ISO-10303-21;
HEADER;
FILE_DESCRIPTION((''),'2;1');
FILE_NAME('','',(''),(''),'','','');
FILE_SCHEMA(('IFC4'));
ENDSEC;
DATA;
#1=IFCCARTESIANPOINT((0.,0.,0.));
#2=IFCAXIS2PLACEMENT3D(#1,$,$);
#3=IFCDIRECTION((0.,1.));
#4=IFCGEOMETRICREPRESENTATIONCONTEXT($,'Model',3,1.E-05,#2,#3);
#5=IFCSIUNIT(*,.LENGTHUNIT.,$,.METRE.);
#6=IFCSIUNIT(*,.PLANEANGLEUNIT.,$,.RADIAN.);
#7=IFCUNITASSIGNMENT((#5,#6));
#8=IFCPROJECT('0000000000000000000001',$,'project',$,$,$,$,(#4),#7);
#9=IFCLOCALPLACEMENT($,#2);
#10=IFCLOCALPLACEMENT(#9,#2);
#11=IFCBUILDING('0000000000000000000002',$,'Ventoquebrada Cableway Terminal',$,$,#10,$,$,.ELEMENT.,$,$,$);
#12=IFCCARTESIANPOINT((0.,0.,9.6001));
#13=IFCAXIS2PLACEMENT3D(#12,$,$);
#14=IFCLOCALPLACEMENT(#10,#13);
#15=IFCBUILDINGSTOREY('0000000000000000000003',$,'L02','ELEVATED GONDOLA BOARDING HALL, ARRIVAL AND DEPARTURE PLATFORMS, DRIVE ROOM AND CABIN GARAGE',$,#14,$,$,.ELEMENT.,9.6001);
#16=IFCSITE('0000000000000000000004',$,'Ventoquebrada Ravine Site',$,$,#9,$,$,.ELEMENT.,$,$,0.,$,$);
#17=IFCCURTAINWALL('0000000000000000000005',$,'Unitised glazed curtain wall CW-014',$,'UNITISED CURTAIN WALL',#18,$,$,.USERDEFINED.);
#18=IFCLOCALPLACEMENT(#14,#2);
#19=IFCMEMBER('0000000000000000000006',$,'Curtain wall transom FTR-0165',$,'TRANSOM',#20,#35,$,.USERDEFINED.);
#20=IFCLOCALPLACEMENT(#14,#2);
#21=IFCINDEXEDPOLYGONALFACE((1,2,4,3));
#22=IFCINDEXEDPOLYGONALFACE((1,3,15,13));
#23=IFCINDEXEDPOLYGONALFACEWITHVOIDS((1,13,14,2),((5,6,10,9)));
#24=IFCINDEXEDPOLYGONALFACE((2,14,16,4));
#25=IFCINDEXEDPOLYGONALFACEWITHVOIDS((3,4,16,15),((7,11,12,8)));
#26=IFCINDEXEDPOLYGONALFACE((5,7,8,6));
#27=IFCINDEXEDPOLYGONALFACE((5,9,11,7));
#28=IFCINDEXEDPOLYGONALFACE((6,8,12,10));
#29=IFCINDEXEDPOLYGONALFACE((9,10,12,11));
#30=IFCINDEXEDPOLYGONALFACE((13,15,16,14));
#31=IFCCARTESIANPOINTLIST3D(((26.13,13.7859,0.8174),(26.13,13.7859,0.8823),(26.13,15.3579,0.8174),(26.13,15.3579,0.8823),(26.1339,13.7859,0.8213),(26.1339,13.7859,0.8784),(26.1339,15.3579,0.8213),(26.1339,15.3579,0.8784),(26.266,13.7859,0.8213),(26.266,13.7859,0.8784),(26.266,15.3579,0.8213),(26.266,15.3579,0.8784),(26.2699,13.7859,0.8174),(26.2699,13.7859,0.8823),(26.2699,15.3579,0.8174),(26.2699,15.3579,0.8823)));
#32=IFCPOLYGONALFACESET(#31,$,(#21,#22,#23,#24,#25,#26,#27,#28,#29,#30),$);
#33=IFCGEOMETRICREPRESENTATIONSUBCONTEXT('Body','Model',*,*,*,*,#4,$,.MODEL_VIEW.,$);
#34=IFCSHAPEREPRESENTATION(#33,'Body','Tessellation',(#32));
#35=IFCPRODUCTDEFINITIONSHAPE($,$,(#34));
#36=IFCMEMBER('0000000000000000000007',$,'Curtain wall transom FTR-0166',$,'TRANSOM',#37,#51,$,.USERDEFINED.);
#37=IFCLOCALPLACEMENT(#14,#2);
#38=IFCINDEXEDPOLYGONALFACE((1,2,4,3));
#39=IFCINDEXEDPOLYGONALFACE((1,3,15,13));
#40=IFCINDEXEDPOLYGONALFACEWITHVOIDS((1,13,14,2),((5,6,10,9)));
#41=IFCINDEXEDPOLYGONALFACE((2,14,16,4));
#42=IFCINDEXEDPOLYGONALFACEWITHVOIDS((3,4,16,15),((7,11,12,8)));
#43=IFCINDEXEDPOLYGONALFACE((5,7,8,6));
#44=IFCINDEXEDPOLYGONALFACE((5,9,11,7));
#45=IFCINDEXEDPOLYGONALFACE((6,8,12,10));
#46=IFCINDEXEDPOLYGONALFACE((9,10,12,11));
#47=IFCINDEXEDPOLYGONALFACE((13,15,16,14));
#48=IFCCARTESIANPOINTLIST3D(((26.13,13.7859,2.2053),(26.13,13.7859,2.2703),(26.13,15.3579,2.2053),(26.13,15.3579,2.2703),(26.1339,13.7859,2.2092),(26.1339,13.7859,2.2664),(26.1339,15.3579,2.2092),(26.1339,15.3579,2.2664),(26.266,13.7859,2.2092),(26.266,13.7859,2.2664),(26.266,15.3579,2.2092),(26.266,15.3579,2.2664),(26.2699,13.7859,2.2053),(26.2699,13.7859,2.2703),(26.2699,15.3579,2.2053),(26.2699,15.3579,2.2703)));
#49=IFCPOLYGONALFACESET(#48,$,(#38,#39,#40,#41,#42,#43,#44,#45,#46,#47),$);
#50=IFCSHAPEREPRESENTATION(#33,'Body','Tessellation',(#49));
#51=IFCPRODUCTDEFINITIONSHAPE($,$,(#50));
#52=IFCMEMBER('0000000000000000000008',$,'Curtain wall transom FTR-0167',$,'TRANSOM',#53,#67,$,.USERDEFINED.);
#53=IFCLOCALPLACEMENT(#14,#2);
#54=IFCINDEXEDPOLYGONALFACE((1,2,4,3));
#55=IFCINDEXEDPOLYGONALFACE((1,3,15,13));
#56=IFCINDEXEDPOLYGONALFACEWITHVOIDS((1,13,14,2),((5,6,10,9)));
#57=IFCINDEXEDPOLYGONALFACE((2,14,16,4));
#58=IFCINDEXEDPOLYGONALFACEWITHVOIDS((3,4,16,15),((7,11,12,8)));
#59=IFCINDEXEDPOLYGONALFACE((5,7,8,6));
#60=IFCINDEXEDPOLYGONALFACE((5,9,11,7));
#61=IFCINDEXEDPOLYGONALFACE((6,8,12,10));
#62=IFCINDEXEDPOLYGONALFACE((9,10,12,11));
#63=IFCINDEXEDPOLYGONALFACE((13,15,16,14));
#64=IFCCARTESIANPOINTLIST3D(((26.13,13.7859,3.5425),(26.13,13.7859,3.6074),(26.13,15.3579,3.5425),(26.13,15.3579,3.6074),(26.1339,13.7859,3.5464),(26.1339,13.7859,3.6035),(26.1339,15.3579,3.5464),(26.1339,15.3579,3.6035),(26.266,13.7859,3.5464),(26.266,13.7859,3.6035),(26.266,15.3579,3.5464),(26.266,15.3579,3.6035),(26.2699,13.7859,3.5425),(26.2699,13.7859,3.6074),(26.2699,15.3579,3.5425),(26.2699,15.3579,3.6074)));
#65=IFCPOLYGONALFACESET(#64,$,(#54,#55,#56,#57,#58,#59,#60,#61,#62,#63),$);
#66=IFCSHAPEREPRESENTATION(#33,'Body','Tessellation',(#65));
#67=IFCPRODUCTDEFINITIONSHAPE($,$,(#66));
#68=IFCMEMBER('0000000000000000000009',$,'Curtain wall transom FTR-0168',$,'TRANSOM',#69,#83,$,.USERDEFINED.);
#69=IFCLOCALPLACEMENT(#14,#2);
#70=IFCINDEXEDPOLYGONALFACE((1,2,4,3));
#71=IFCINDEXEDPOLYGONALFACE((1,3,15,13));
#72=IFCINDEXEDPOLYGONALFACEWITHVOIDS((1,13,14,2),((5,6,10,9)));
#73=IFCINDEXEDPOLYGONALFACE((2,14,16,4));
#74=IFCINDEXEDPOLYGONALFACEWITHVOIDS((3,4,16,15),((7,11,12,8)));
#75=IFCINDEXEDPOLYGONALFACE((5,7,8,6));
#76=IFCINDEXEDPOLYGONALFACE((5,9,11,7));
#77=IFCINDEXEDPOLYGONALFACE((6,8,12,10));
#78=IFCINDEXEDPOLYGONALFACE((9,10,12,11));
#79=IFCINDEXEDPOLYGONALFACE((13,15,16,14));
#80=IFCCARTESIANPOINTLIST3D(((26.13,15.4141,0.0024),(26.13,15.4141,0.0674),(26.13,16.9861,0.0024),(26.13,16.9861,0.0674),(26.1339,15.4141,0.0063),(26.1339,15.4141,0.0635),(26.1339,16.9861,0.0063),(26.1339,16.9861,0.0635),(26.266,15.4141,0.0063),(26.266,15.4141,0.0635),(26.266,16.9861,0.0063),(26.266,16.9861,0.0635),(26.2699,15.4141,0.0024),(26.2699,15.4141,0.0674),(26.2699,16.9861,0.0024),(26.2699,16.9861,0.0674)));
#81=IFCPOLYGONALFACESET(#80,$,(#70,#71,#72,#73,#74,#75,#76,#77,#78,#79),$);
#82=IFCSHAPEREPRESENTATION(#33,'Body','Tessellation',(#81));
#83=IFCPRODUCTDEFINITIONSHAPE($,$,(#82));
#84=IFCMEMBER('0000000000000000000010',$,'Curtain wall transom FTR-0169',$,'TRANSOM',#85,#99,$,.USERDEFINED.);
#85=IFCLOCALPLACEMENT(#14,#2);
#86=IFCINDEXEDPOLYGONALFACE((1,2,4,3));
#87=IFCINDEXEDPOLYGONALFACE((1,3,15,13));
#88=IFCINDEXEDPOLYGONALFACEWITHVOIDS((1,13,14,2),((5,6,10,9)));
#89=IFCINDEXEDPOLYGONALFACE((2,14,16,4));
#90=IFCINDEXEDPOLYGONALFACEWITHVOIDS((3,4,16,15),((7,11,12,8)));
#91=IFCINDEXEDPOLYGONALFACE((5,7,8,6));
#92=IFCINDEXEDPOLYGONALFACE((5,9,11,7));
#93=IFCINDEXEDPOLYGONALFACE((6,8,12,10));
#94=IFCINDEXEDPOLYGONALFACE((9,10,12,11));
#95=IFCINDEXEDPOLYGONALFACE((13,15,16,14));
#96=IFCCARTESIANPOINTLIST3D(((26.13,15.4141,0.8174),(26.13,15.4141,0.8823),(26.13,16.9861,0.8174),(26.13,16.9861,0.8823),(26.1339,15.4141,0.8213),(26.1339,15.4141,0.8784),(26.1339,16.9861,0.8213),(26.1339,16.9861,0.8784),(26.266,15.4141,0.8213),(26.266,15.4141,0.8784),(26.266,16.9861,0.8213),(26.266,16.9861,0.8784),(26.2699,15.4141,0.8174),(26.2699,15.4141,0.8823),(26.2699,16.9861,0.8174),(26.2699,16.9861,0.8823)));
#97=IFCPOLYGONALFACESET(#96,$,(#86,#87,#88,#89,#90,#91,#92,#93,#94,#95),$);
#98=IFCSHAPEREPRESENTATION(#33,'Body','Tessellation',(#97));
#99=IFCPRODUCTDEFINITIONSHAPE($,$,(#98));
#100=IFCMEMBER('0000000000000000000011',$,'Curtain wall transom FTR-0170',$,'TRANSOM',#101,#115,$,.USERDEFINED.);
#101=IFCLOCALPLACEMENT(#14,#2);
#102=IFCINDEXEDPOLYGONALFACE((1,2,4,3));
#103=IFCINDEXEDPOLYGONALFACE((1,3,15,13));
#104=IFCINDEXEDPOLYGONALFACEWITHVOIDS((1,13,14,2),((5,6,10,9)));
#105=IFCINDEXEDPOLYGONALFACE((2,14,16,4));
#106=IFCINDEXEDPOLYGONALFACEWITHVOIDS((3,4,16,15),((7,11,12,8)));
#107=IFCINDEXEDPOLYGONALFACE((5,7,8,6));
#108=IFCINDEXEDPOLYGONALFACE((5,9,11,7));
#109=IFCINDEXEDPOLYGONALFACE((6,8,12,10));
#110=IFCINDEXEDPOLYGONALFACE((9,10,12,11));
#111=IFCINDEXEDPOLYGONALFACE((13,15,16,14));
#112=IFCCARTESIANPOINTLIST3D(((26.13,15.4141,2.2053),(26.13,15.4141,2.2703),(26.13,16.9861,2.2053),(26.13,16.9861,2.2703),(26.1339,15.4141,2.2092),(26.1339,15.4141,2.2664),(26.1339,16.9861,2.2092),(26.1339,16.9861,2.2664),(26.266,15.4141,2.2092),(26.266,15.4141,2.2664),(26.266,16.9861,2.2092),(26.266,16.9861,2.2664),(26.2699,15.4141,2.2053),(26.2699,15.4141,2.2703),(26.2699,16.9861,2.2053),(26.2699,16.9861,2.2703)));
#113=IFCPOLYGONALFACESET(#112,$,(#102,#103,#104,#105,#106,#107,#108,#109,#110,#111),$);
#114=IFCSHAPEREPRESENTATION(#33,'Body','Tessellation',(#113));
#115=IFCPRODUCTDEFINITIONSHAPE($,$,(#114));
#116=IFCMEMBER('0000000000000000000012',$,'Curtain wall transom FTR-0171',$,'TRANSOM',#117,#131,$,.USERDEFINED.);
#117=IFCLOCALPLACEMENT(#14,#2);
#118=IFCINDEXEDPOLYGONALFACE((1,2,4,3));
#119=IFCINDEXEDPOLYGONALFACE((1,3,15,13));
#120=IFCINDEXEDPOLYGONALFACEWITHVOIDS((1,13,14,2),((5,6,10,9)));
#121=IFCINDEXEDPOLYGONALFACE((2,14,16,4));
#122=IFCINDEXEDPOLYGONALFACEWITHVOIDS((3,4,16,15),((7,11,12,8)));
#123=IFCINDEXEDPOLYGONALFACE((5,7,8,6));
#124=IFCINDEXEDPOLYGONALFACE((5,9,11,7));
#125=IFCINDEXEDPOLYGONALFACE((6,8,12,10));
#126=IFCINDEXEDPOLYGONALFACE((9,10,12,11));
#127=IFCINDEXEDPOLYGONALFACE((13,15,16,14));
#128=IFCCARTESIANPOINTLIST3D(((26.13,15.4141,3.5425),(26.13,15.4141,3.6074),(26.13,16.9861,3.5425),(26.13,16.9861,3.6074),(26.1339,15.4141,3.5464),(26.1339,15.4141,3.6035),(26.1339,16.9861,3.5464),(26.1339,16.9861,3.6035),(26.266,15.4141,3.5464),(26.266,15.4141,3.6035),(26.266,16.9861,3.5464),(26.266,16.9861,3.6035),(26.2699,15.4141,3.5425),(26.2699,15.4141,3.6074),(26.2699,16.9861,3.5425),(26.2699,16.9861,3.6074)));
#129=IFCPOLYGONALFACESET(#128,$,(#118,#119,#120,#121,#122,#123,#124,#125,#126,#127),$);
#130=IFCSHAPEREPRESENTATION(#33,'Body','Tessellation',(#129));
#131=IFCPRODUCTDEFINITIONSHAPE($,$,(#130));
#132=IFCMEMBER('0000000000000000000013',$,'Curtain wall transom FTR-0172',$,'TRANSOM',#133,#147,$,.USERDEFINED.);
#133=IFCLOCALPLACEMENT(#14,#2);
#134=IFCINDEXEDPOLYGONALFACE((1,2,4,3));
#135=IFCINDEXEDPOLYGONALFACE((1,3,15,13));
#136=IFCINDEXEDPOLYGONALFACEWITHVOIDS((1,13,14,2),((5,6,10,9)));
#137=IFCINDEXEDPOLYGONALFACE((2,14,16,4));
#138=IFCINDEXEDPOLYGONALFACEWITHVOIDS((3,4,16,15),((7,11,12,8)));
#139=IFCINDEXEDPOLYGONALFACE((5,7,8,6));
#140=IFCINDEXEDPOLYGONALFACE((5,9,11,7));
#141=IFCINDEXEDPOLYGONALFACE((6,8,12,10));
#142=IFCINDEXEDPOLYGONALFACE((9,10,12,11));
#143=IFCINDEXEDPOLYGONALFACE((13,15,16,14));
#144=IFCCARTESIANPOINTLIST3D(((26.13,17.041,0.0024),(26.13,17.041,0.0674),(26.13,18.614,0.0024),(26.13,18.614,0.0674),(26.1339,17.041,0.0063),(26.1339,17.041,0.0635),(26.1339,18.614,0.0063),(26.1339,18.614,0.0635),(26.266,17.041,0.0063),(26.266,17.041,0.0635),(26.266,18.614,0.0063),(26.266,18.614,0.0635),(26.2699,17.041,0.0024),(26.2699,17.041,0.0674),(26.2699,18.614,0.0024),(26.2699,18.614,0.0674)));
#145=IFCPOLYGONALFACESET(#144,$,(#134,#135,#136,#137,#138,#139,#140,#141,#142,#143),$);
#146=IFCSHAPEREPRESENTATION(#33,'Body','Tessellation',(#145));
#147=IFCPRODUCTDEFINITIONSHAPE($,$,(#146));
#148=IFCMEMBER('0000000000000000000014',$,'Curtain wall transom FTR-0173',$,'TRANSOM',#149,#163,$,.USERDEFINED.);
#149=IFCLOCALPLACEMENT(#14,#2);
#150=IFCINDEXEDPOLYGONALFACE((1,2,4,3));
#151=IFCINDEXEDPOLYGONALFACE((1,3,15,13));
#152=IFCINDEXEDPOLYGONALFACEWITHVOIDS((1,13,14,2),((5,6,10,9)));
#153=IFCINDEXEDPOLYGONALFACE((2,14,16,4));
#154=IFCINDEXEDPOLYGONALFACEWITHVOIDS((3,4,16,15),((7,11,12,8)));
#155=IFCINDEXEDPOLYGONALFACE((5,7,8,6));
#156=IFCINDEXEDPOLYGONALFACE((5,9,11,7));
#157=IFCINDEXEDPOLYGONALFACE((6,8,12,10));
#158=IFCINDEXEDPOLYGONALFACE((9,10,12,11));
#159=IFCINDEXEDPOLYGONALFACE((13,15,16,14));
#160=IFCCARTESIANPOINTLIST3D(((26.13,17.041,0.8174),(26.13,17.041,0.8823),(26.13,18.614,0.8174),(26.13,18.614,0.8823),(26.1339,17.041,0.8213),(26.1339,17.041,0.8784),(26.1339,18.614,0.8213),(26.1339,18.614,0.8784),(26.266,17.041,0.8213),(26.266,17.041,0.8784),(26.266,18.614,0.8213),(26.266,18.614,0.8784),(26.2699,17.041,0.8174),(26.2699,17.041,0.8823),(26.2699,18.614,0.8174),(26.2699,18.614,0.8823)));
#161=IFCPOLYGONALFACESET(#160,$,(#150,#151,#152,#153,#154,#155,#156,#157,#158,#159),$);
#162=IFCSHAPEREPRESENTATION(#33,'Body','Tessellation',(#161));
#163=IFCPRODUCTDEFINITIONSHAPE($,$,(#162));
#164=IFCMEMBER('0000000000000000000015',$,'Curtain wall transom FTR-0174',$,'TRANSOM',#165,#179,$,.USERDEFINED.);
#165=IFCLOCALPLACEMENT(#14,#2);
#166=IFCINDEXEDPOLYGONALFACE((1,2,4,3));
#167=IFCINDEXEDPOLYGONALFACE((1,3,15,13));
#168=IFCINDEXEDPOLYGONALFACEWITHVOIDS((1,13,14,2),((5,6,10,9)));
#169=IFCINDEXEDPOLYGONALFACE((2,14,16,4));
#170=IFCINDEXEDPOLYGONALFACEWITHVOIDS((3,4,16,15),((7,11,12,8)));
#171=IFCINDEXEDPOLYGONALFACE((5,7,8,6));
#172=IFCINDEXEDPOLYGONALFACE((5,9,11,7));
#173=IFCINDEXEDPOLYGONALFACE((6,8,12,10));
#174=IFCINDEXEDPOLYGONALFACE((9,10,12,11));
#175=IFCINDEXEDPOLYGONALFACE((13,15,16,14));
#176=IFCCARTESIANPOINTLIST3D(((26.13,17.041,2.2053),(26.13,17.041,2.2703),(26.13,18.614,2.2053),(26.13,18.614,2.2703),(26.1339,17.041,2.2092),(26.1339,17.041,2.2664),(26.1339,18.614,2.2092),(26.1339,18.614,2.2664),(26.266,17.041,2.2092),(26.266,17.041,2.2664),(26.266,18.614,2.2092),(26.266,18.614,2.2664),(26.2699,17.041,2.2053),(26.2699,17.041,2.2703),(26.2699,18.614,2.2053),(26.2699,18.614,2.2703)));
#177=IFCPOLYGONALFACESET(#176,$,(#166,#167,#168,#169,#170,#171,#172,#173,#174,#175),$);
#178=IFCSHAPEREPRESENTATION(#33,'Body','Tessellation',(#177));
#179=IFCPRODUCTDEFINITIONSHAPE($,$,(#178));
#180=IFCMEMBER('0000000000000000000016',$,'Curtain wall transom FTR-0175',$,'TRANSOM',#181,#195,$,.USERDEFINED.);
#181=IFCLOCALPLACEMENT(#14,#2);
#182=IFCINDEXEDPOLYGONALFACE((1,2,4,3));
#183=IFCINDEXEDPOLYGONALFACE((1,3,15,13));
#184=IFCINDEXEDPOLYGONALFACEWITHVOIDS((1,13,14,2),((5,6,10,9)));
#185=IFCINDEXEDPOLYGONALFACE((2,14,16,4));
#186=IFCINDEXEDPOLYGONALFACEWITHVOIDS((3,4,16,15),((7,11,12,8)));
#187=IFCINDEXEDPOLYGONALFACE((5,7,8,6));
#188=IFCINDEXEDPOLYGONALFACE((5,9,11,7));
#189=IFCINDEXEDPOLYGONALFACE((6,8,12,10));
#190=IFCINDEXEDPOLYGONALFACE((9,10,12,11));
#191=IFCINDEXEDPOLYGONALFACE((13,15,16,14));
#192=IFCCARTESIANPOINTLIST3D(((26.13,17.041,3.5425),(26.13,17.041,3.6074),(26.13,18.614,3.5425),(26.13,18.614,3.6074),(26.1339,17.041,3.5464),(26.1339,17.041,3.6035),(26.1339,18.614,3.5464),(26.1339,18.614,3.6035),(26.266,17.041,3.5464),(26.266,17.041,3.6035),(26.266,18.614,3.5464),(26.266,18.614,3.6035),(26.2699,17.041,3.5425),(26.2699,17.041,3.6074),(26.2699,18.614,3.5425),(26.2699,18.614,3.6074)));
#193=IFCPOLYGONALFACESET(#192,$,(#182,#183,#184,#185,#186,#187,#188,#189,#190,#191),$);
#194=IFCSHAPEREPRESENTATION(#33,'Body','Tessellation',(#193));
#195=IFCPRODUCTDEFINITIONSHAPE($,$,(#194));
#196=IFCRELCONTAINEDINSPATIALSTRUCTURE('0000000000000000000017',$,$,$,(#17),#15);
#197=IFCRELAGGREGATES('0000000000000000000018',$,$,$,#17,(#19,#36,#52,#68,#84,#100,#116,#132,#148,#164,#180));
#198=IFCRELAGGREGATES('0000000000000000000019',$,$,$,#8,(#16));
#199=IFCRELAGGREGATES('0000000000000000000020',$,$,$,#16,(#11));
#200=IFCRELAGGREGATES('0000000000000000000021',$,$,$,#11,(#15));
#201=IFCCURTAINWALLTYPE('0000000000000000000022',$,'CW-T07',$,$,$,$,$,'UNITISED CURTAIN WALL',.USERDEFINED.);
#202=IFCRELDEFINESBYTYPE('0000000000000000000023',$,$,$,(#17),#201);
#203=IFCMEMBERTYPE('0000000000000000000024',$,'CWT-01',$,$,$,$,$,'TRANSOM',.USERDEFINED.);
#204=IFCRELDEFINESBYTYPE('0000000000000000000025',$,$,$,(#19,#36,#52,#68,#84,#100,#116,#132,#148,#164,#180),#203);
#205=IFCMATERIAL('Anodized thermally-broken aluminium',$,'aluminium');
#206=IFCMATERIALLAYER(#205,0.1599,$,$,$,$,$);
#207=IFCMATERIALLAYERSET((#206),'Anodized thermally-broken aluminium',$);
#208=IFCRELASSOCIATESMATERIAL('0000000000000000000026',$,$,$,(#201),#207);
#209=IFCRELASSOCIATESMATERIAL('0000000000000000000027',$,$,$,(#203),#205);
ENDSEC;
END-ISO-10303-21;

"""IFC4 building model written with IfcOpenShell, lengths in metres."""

from ifc_helpers import new_model, si_unit, direction, frame, origin, origin_2d, place, context, subcontext, project, spatial, hollow_rectangle, extrude, material, layer, layer_set, material_profile, profile_set, type_object, element, aggregate, save


model = new_model("IFC4")

# Units and contexts
model_context = context("Model", 3, precision=1e-05, world=origin(), true_north=direction((0.0, 1.0)))
body_context = subcontext(model_context, "Body", "Model", "MODEL_VIEW")
ifc_project = project(units=[si_unit("LENGTHUNIT", "METRE"), si_unit("PLANEANGLEUNIT", "RADIAN")], contexts=[model_context])

# Site, building, storey
site_placement = place(None, origin())
site = spatial("IfcSite", under=ifc_project, at=site_placement, Name="Ventoquebrada Ravine Site", CompositionType="ELEMENT", RefElevation=0.0)
building_placement = place(site_placement, origin())
building = spatial("IfcBuilding", under=site, at=building_placement, Name="Ventoquebrada Cableway Terminal", CompositionType="ELEMENT")
storey_placement = place(building_placement, frame((0.0, 0.0, 9.6001)))
storey = spatial("IfcBuildingStorey", under=building, at=storey_placement, Name="L02", Description="ELEVATED GONDOLA BOARDING HALL, ARRIVAL AND DEPARTURE PLATFORMS, DRIVE ROOM AND CABIN GARAGE", CompositionType="ELEMENT", Elevation=9.6001)

# Curtain wall, members
ifc_material_1 = material(Name="Anodized thermally-broken aluminium", Category="aluminium")
ifc_layer_1 = layer(ifc_material_1, 0.1599)
ifc_layer_set_1 = layer_set([ifc_layer_1], Name="Anodized thermally-broken aluminium")
curtain_wall_type = type_object("IfcCurtainWallType", Name="CW-T07", ElementType="UNITISED CURTAIN WALL", PredefinedType="USERDEFINED", material=ifc_layer_set_1)
curtain_wall_placement = place(storey_placement, origin())
curtain_wall = element("IfcCurtainWall", 1, at=curtain_wall_placement, inside=storey, type_object=curtain_wall_type, Name="Unitised glazed curtain wall CW-014", ObjectType="UNITISED CURTAIN WALL", PredefinedType="USERDEFINED")
ifc_material_profile_1 = material_profile(ifc_material_1, hollow_rectangle(XDim=0.0649, YDim=0.1399, WallThickness=0.0039, at=origin_2d()), Name="CW-TRN-65X140")
ifc_profile_set_1 = profile_set([ifc_material_profile_1], Name="Anodized thermally-broken aluminium")
member_type_1 = type_object("IfcMemberType", Name="CWT-01", ElementType="TRANSOM", PredefinedType="USERDEFINED", material=ifc_profile_set_1)
member_1_placement = place(storey_placement, frame((26.2, 13.7859, 0.8499), z_axis=(0.0, 1.0, 0.0), x_axis=(0.0, 0.0, 1.0)))
member_1 = element("IfcMember", 2, at=member_1_placement, type_object=member_type_1, Name="Curtain wall transom FTR-0165", ObjectType="TRANSOM", PredefinedType="USERDEFINED", context=body_context, shape_type="SweptSolid", body=[
    extrude(hollow_rectangle(XDim=0.0649, YDim=0.1399, WallThickness=0.0039, at=origin_2d()), origin(), (0.0, 0.0, 1.0), 1.572),
])
member_2_placement = place(storey_placement, frame((26.2, 13.7859, 2.2378), z_axis=(0.0, 1.0, 0.0), x_axis=(0.0, 0.0, 1.0)))
member_2 = element("IfcMember", 3, at=member_2_placement, type_object=member_type_1, Name="Curtain wall transom FTR-0166", ObjectType="TRANSOM", PredefinedType="USERDEFINED", context=body_context, shape_type="SweptSolid", body=[
    extrude(hollow_rectangle(XDim=0.0649, YDim=0.1399, WallThickness=0.0039, at=origin_2d()), origin(), (0.0, 0.0, 1.0), 1.572),
])
member_3_placement = place(storey_placement, frame((26.2, 13.7859, 3.575), z_axis=(0.0, 1.0, 0.0), x_axis=(0.0, 0.0, 1.0)))
member_3 = element("IfcMember", 4, at=member_3_placement, type_object=member_type_1, Name="Curtain wall transom FTR-0167", ObjectType="TRANSOM", PredefinedType="USERDEFINED", context=body_context, shape_type="SweptSolid", body=[
    extrude(hollow_rectangle(XDim=0.0649, YDim=0.1399, WallThickness=0.0039, at=origin_2d()), origin(), (0.0, 0.0, 1.0), 1.572),
])
member_4_placement = place(storey_placement, frame((26.2, 15.4141, 0.0349), z_axis=(0.0, 1.0, 0.0), x_axis=(0.0, 0.0, 1.0)))
member_4 = element("IfcMember", 5, at=member_4_placement, type_object=member_type_1, Name="Curtain wall transom FTR-0168", ObjectType="TRANSOM", PredefinedType="USERDEFINED", context=body_context, shape_type="SweptSolid", body=[
    extrude(hollow_rectangle(XDim=0.0649, YDim=0.1399, WallThickness=0.0039, at=origin_2d()), origin(), (0.0, 0.0, 1.0), 1.572),
])
member_5_placement = place(storey_placement, frame((26.2, 15.4141, 0.8499), z_axis=(0.0, 1.0, 0.0), x_axis=(0.0, 0.0, 1.0)))
member_5 = element("IfcMember", 6, at=member_5_placement, type_object=member_type_1, Name="Curtain wall transom FTR-0169", ObjectType="TRANSOM", PredefinedType="USERDEFINED", context=body_context, shape_type="SweptSolid", body=[
    extrude(hollow_rectangle(XDim=0.0649, YDim=0.1399, WallThickness=0.0039, at=origin_2d()), origin(), (0.0, 0.0, 1.0), 1.572),
])
member_6_placement = place(storey_placement, frame((26.2, 15.4141, 2.2378), z_axis=(0.0, 1.0, 0.0), x_axis=(0.0, 0.0, 1.0)))
member_6 = element("IfcMember", 7, at=member_6_placement, type_object=member_type_1, Name="Curtain wall transom FTR-0170", ObjectType="TRANSOM", PredefinedType="USERDEFINED", context=body_context, shape_type="SweptSolid", body=[
    extrude(hollow_rectangle(XDim=0.0649, YDim=0.1399, WallThickness=0.0039, at=origin_2d()), origin(), (0.0, 0.0, 1.0), 1.572),
])
member_7_placement = place(storey_placement, frame((26.2, 15.4141, 3.575), z_axis=(0.0, 1.0, 0.0), x_axis=(0.0, 0.0, 1.0)))
member_7 = element("IfcMember", 8, at=member_7_placement, type_object=member_type_1, Name="Curtain wall transom FTR-0171", ObjectType="TRANSOM", PredefinedType="USERDEFINED", context=body_context, shape_type="SweptSolid", body=[
    extrude(hollow_rectangle(XDim=0.0649, YDim=0.1399, WallThickness=0.0039, at=origin_2d()), origin(), (0.0, 0.0, 1.0), 1.572),
])
member_8_placement = place(storey_placement, frame((26.2, 17.041, 0.0349), z_axis=(0.0, 1.0, 0.0), x_axis=(0.0, 0.0, 1.0)))
member_8 = element("IfcMember", 9, at=member_8_placement, type_object=member_type_1, Name="Curtain wall transom FTR-0172", ObjectType="TRANSOM", PredefinedType="USERDEFINED", context=body_context, shape_type="SweptSolid", body=[
    extrude(hollow_rectangle(XDim=0.0649, YDim=0.1399, WallThickness=0.0039, at=origin_2d()), origin(), (0.0, 0.0, 1.0), 1.573),
])
member_9_placement = place(storey_placement, frame((26.2, 17.041, 0.8499), z_axis=(0.0, 1.0, 0.0), x_axis=(0.0, 0.0, 1.0)))
member_9 = element("IfcMember", 10, at=member_9_placement, type_object=member_type_1, Name="Curtain wall transom FTR-0173", ObjectType="TRANSOM", PredefinedType="USERDEFINED", context=body_context, shape_type="SweptSolid", body=[
    extrude(hollow_rectangle(XDim=0.0649, YDim=0.1399, WallThickness=0.0039, at=origin_2d()), origin(), (0.0, 0.0, 1.0), 1.573),
])
member_10_placement = place(storey_placement, frame((26.2, 17.041, 2.2378), z_axis=(0.0, 1.0, 0.0), x_axis=(0.0, 0.0, 1.0)))
member_10 = element("IfcMember", 11, at=member_10_placement, type_object=member_type_1, Name="Curtain wall transom FTR-0174", ObjectType="TRANSOM", PredefinedType="USERDEFINED", context=body_context, shape_type="SweptSolid", body=[
    extrude(hollow_rectangle(XDim=0.0649, YDim=0.1399, WallThickness=0.0039, at=origin_2d()), origin(), (0.0, 0.0, 1.0), 1.573),
])
member_11_placement = place(storey_placement, frame((26.2, 17.041, 3.575), z_axis=(0.0, 1.0, 0.0), x_axis=(0.0, 0.0, 1.0)))
member_11 = element("IfcMember", 12, at=member_11_placement, type_object=member_type_1, Name="Curtain wall transom FTR-0175", ObjectType="TRANSOM", PredefinedType="USERDEFINED", context=body_context, shape_type="SweptSolid", body=[
    extrude(hollow_rectangle(XDim=0.0649, YDim=0.1399, WallThickness=0.0039, at=origin_2d()), origin(), (0.0, 0.0, 1.0), 1.573),
])
aggregate(curtain_wall, [member_1, member_2, member_3, member_4, member_5, member_6, member_7, member_8, member_9, member_10, member_11])

save(model, "model.ifc")
